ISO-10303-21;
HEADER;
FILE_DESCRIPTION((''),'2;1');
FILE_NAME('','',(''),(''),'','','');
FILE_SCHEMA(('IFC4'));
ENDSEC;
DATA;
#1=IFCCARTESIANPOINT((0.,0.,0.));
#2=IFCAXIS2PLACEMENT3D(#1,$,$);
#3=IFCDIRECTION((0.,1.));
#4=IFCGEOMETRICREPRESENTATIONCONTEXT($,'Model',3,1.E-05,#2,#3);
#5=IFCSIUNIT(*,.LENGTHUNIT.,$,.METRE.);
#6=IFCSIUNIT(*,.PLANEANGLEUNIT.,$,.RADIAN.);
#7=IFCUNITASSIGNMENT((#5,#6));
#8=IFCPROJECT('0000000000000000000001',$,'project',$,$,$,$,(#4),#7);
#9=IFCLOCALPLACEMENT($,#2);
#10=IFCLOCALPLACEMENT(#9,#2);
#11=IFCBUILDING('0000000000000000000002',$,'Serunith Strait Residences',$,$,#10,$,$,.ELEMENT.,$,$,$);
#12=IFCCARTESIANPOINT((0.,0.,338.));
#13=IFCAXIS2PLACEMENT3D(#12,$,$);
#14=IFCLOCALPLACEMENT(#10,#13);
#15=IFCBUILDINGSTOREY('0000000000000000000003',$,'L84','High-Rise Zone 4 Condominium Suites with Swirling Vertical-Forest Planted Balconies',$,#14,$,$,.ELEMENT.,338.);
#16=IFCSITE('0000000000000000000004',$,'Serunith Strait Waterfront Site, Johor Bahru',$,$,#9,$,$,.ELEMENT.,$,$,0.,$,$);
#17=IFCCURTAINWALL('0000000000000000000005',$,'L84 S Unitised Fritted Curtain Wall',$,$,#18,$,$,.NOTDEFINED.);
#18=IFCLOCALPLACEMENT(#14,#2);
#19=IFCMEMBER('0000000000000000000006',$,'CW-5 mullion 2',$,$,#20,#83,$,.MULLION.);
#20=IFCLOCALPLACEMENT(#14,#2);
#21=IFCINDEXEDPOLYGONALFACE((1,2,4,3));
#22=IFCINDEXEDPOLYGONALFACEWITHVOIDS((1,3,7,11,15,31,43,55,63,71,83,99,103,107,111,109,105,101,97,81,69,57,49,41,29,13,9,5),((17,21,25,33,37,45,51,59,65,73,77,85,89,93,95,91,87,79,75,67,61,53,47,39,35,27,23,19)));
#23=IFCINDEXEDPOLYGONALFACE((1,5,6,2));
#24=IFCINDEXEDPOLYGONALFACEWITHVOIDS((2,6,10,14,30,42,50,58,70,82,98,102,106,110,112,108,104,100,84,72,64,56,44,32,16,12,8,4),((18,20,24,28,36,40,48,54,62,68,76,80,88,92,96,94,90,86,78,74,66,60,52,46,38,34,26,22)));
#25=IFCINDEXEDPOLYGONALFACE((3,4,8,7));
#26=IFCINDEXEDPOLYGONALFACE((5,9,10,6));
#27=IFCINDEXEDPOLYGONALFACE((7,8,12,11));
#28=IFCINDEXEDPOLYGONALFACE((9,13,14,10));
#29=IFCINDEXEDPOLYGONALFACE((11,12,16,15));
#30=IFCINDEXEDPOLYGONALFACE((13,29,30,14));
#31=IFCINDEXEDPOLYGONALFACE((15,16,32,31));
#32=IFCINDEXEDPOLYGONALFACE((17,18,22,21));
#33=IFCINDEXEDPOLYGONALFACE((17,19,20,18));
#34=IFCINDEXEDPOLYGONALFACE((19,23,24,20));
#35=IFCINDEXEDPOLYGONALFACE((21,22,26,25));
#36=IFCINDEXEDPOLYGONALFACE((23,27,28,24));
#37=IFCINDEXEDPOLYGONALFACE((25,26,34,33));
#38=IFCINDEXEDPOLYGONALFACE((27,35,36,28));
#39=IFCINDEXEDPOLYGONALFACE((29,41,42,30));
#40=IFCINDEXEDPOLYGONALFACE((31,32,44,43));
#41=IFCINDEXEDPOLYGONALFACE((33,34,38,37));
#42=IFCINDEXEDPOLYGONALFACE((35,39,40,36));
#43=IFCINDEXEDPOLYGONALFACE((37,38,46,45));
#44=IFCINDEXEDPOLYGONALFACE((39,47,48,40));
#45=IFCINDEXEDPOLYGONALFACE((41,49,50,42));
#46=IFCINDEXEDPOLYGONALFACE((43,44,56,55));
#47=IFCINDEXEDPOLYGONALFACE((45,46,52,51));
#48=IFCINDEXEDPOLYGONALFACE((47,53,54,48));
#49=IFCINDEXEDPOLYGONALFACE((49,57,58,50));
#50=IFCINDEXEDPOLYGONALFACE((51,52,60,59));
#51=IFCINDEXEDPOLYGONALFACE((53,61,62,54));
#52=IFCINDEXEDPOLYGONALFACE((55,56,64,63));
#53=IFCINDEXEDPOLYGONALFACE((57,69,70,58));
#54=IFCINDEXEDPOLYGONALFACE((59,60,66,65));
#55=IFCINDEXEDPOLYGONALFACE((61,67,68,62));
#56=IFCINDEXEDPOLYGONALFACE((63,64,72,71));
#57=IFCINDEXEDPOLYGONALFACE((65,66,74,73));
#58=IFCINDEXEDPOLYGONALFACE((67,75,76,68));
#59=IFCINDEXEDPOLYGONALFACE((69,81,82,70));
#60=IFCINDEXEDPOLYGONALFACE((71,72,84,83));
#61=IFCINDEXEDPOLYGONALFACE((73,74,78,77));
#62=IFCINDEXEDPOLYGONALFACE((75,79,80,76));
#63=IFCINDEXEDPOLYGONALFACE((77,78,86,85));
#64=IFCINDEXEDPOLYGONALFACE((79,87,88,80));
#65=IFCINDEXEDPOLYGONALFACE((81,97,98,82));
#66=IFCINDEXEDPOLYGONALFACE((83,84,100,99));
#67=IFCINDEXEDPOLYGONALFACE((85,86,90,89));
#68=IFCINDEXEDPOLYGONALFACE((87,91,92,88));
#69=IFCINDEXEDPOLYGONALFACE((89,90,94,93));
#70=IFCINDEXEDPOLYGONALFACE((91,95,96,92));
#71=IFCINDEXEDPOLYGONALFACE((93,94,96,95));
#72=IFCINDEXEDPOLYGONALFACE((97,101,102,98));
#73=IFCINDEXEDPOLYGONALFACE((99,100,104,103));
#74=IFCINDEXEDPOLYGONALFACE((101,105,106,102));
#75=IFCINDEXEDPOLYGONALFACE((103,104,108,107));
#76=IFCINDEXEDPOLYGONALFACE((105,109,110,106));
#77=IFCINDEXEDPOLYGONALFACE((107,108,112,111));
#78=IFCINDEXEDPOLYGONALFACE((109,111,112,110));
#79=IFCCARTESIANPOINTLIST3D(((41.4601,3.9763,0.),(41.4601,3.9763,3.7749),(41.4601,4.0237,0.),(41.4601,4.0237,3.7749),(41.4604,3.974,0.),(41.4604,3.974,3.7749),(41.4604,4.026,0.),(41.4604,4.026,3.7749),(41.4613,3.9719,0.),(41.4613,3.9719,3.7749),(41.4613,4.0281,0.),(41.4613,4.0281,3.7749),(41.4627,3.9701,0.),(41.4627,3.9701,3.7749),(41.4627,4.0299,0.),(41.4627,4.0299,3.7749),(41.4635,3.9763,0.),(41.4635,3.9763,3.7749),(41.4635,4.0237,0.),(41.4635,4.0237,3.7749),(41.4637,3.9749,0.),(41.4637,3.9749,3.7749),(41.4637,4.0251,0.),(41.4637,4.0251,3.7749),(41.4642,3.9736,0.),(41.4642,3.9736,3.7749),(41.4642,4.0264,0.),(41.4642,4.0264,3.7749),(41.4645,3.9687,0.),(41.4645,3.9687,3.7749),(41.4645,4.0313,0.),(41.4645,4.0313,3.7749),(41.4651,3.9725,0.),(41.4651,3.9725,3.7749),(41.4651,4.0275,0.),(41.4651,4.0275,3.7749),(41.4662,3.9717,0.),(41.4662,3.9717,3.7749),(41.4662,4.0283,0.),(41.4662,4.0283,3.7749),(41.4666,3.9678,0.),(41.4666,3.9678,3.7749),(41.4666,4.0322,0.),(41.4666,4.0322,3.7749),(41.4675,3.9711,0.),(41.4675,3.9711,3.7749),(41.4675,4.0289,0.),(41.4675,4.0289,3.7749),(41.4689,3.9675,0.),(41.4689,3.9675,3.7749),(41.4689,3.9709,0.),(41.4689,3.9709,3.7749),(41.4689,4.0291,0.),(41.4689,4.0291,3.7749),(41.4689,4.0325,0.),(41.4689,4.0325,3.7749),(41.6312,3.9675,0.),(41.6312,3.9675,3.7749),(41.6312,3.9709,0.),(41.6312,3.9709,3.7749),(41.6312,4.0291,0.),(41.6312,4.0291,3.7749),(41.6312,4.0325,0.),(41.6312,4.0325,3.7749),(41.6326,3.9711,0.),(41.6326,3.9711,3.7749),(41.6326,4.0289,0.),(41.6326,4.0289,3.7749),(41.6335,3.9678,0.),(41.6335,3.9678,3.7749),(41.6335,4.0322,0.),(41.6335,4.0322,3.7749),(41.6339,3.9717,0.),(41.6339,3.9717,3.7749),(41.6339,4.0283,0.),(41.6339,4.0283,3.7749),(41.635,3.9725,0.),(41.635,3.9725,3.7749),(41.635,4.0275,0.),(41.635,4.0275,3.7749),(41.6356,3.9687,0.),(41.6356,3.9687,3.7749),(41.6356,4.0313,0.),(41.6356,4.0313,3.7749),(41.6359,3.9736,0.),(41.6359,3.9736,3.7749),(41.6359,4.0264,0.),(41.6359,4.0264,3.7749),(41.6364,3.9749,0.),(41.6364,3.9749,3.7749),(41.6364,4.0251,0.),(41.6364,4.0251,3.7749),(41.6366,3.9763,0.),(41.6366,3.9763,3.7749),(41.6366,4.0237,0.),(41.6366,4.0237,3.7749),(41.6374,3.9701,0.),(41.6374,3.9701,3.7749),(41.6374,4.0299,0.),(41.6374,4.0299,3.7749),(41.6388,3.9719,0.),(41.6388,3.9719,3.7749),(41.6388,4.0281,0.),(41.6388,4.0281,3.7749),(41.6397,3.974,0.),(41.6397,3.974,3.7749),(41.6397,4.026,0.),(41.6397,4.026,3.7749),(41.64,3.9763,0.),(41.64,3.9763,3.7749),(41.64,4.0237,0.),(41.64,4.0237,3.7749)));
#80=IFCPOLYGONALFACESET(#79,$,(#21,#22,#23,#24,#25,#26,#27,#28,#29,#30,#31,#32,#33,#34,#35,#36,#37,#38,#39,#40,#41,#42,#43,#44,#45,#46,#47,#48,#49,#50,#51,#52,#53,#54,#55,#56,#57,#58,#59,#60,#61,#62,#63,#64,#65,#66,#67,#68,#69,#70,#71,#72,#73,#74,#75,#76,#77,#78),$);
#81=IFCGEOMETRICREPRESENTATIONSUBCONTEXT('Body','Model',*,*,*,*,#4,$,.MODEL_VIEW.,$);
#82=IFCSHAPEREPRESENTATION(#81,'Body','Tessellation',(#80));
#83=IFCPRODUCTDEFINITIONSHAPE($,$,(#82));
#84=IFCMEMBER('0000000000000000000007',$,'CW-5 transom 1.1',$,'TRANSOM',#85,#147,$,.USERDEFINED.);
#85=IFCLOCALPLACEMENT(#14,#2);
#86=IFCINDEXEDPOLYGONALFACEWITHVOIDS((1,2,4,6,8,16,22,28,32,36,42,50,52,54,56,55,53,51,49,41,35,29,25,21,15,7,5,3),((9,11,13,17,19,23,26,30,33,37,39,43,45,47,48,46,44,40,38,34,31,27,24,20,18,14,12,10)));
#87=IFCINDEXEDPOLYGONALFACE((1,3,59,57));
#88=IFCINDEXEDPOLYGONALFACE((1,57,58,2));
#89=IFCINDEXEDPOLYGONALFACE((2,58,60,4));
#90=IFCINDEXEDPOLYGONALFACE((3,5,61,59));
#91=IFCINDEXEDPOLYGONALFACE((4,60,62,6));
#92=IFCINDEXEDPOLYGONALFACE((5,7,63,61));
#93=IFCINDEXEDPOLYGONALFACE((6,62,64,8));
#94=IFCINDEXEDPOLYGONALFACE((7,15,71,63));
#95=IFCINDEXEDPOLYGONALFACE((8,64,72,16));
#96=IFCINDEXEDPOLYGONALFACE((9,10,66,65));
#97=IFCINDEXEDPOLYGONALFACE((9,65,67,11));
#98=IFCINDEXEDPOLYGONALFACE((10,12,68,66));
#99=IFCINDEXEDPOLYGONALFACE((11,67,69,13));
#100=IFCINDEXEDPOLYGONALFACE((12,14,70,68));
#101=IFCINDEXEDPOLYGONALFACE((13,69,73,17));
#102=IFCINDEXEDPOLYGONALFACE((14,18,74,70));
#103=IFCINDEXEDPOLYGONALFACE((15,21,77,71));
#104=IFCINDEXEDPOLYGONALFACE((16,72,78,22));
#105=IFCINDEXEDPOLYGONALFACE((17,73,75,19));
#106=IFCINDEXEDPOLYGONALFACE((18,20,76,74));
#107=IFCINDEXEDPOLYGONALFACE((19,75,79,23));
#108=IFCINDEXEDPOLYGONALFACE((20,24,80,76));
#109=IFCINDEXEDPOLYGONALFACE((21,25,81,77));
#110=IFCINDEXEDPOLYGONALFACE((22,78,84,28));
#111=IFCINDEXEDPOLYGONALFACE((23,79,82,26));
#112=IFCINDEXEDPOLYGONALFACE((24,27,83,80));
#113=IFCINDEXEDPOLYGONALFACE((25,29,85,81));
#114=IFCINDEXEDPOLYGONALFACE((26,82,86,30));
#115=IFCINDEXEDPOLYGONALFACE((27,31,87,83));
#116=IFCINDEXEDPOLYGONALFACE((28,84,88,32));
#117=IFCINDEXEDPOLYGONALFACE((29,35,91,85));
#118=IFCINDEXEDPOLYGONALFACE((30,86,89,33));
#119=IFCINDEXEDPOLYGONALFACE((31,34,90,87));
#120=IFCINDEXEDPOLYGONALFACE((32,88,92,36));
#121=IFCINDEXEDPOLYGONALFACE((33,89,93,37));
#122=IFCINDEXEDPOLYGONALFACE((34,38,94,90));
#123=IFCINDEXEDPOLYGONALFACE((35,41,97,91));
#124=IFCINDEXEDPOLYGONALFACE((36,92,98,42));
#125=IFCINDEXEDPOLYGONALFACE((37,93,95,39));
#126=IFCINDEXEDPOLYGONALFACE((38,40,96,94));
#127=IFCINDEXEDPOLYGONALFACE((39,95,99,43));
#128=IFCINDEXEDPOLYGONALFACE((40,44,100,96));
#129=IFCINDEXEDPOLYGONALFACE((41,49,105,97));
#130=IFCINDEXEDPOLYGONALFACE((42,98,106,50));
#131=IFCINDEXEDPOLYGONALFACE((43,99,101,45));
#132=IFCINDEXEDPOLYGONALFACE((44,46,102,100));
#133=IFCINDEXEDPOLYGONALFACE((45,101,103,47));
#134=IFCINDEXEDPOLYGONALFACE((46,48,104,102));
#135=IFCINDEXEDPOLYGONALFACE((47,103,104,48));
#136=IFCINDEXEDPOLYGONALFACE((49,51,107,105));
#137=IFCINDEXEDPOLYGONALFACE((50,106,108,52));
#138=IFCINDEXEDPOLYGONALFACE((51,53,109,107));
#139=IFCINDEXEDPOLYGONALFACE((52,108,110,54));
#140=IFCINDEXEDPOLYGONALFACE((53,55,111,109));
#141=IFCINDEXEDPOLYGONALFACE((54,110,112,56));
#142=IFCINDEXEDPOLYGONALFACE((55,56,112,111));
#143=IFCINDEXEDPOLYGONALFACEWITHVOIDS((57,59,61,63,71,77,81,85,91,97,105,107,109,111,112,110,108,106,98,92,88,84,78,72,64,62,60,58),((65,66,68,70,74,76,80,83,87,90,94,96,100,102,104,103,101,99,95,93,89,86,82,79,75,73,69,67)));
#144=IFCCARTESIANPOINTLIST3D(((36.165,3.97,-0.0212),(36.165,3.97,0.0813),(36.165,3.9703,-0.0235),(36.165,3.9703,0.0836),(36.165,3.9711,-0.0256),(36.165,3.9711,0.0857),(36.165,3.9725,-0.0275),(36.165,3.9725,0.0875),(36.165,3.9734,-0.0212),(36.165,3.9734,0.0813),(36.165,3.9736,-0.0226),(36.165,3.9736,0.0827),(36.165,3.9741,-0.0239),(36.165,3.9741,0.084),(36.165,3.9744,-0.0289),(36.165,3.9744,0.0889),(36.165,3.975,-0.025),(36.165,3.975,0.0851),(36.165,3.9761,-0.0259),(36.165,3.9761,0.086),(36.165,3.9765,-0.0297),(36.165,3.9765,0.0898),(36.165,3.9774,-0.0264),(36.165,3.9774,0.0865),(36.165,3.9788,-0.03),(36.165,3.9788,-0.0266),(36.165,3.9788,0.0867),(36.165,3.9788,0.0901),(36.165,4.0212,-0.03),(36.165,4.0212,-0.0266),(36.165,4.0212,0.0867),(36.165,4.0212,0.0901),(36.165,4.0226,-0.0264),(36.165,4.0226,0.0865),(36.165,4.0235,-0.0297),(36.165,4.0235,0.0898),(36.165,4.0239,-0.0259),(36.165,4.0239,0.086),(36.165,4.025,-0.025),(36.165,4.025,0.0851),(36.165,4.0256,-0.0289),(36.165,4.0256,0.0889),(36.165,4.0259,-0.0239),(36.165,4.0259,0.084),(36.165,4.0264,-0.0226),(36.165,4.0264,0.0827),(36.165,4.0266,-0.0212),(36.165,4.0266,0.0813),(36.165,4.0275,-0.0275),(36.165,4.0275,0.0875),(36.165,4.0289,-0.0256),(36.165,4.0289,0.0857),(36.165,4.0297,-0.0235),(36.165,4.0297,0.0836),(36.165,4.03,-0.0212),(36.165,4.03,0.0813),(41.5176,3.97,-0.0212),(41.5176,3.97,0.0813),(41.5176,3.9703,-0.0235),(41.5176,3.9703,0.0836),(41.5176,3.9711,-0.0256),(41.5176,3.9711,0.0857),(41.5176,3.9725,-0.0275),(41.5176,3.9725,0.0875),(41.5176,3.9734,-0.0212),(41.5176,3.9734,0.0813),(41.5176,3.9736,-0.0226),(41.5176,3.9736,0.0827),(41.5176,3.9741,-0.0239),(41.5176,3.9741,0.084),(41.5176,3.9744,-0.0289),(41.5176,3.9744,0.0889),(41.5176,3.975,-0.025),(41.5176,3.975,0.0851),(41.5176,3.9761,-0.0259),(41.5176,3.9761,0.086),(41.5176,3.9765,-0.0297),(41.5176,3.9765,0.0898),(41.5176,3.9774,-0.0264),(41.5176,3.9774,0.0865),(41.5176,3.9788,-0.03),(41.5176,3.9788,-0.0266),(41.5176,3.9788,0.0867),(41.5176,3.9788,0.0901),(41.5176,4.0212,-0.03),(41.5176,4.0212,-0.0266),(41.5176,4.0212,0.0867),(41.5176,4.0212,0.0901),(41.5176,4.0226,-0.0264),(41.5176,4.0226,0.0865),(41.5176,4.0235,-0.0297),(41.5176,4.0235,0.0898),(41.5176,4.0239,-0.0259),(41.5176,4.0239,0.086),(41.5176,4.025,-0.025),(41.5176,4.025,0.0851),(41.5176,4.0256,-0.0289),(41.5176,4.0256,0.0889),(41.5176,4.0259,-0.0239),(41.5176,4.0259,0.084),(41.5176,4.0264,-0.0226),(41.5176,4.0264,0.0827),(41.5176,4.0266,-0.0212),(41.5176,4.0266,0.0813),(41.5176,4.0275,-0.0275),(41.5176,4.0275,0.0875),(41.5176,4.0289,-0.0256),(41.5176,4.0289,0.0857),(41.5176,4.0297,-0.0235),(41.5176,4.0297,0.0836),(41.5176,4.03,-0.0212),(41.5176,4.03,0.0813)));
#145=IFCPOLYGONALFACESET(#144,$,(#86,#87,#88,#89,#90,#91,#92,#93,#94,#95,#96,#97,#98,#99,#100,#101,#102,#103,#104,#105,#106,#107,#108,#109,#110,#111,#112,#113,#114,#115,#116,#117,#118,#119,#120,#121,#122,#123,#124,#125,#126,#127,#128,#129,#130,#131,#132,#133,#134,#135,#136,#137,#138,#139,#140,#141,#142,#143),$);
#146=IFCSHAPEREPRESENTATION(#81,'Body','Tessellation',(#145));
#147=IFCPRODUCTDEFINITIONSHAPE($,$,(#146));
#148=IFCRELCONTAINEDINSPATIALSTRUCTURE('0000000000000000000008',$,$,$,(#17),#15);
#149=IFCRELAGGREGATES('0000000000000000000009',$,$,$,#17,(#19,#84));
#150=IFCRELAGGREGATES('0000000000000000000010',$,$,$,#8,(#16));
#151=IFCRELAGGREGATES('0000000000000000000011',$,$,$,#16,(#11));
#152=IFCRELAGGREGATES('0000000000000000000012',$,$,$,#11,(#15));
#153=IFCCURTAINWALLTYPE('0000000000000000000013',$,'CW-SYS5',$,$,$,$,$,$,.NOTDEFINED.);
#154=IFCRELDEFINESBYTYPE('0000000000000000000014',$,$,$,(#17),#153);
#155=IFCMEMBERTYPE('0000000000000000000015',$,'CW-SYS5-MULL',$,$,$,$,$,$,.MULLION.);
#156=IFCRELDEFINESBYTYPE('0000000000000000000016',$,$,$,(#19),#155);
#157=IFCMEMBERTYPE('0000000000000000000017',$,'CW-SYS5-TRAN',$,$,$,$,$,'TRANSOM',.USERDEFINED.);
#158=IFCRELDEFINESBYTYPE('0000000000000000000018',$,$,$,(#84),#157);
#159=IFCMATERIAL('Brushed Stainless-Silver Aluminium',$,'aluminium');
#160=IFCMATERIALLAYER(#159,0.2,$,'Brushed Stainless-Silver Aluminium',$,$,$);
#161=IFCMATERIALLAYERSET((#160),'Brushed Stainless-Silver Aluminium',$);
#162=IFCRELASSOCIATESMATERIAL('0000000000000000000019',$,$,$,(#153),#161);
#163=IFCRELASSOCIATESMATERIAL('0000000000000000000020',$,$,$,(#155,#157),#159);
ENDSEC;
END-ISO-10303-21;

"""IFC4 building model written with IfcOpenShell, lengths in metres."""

from ifc_helpers import new_model, si_unit, direction, frame, origin, origin_2d, place, context, subcontext, project, spatial, hollow_rectangle, extrude, source, transform, mapped, material, layer, layer_set, material_profile, profile_set, type_object, element, aggregate, save


model = new_model("IFC4")

# Units and contexts
model_context = context("Model", 3, precision=1e-05, world=origin(), true_north=direction((0.0, 1.0)))
body_context = subcontext(model_context, "Body", "Model", "MODEL_VIEW")
ifc_project = project(units=[si_unit("LENGTHUNIT", "METRE"), si_unit("PLANEANGLEUNIT", "RADIAN")], contexts=[model_context])

# Site, building, storey
site_placement = place(None, origin())
site = spatial("IfcSite", under=ifc_project, at=site_placement, Name="Serunith Strait Waterfront Site, Johor Bahru", CompositionType="ELEMENT", RefElevation=0.0)
building_placement = place(site_placement, origin())
building = spatial("IfcBuilding", under=site, at=building_placement, Name="Serunith Strait Residences", CompositionType="ELEMENT")
storey_placement = place(building_placement, frame((0.0, 0.0, 338.0)))
storey = spatial("IfcBuildingStorey", under=building, at=storey_placement, Name="L84", Description="High-Rise Zone 4 Condominium Suites with Swirling Vertical-Forest Planted Balconies", CompositionType="ELEMENT", Elevation=338.0)

# Shared definitions
ifc_material_1 = material(Name="Brushed Stainless-Silver Aluminium", Category="aluminium")
ifc_layer_1 = layer(ifc_material_1, 0.2, Name="Brushed Stainless-Silver Aluminium")
ifc_layer_set_1 = layer_set([ifc_layer_1], Name="Brushed Stainless-Silver Aluminium")
curtain_wall_type = type_object("IfcCurtainWallType", Name="CW-SYS5", PredefinedType="NOTDEFINED", material=ifc_layer_set_1)
ifc_material_profile_1 = material_profile(ifc_material_1, hollow_rectangle(XDim=0.0649, YDim=0.1799, WallThickness=0.0034, InnerFilletRadius=0.0054, OuterFilletRadius=0.0088, at=origin_2d()), Name="ALU 180x65x3.5")
ifc_profile_set_1 = profile_set([ifc_material_profile_1], Name="Brushed Stainless-Silver Aluminium")
member_type_1 = type_object("IfcMemberType", Name="CW-SYS5-MULL", PredefinedType="MULLION", material=ifc_profile_set_1)
shared_shape_1 = source(origin(), body_context, "Body", "SweptSolid", [
    extrude(hollow_rectangle(XDim=0.0649, YDim=0.1799, WallThickness=0.0034, InnerFilletRadius=0.0054, OuterFilletRadius=0.0088, at=origin_2d()), origin(), (0.0, 0.0, 1.0), 3.7749),
])

# Curtain wall, members
curtain_wall_1_placement = place(storey_placement, origin())
curtain_wall_1 = element("IfcCurtainWall", 1, at=curtain_wall_1_placement, inside=storey, type_object=curtain_wall_type, Name="L84 S Unitised Fritted Curtain Wall", PredefinedType="NOTDEFINED")
member_1_placement = place(storey_placement, frame((41.55, 4.0, 0.0), z_axis=(0.0, 0.0, 1.0), x_axis=(0.0, 1.0, 0.0)))
member_1 = element("IfcMember", 2, at=member_1_placement, type_object=member_type_1, Name="CW-5 mullion 2", PredefinedType="MULLION", context=body_context, shape_type="MappedRepresentation", body=[
    mapped(shared_shape_1, transform((0.0, 0.0, 0.0), scale=1.0)),
])
ifc_material_profile_2 = material_profile(ifc_material_1, hollow_rectangle(XDim=0.0601, YDim=0.1201, WallThickness=0.0034, InnerFilletRadius=0.0054, OuterFilletRadius=0.0088, at=origin_2d()), Name="ALU 120x60x3.5")
ifc_profile_set_2 = profile_set([ifc_material_profile_2], Name="Brushed Stainless-Silver Aluminium")
member_type_2 = type_object("IfcMemberType", Name="CW-SYS5-TRAN", ElementType="TRANSOM", PredefinedType="USERDEFINED", material=ifc_profile_set_2)
shared_shape_2 = source(origin(), body_context, "Body", "SweptSolid", [
    extrude(hollow_rectangle(XDim=0.0601, YDim=0.1201, WallThickness=0.0034, InnerFilletRadius=0.0054, OuterFilletRadius=0.0088, at=origin_2d()), origin(), (0.0, 0.0, 1.0), 5.3525),
])
member_2_placement = place(storey_placement, frame((36.165, 4.0, 0.03), z_axis=(1.0, 0.0, 0.0), x_axis=(0.0, 1.0, 0.0)))
member_2 = element("IfcMember", 3, at=member_2_placement, type_object=member_type_2, Name="CW-5 transom 1.1", ObjectType="TRANSOM", PredefinedType="USERDEFINED", context=body_context, shape_type="MappedRepresentation", body=[
    mapped(shared_shape_2, transform((0.0, 0.0, 0.0), scale=1.0)),
])

aggregate(curtain_wall_1, [member_1, member_2])

save(model, "model.ifc")
